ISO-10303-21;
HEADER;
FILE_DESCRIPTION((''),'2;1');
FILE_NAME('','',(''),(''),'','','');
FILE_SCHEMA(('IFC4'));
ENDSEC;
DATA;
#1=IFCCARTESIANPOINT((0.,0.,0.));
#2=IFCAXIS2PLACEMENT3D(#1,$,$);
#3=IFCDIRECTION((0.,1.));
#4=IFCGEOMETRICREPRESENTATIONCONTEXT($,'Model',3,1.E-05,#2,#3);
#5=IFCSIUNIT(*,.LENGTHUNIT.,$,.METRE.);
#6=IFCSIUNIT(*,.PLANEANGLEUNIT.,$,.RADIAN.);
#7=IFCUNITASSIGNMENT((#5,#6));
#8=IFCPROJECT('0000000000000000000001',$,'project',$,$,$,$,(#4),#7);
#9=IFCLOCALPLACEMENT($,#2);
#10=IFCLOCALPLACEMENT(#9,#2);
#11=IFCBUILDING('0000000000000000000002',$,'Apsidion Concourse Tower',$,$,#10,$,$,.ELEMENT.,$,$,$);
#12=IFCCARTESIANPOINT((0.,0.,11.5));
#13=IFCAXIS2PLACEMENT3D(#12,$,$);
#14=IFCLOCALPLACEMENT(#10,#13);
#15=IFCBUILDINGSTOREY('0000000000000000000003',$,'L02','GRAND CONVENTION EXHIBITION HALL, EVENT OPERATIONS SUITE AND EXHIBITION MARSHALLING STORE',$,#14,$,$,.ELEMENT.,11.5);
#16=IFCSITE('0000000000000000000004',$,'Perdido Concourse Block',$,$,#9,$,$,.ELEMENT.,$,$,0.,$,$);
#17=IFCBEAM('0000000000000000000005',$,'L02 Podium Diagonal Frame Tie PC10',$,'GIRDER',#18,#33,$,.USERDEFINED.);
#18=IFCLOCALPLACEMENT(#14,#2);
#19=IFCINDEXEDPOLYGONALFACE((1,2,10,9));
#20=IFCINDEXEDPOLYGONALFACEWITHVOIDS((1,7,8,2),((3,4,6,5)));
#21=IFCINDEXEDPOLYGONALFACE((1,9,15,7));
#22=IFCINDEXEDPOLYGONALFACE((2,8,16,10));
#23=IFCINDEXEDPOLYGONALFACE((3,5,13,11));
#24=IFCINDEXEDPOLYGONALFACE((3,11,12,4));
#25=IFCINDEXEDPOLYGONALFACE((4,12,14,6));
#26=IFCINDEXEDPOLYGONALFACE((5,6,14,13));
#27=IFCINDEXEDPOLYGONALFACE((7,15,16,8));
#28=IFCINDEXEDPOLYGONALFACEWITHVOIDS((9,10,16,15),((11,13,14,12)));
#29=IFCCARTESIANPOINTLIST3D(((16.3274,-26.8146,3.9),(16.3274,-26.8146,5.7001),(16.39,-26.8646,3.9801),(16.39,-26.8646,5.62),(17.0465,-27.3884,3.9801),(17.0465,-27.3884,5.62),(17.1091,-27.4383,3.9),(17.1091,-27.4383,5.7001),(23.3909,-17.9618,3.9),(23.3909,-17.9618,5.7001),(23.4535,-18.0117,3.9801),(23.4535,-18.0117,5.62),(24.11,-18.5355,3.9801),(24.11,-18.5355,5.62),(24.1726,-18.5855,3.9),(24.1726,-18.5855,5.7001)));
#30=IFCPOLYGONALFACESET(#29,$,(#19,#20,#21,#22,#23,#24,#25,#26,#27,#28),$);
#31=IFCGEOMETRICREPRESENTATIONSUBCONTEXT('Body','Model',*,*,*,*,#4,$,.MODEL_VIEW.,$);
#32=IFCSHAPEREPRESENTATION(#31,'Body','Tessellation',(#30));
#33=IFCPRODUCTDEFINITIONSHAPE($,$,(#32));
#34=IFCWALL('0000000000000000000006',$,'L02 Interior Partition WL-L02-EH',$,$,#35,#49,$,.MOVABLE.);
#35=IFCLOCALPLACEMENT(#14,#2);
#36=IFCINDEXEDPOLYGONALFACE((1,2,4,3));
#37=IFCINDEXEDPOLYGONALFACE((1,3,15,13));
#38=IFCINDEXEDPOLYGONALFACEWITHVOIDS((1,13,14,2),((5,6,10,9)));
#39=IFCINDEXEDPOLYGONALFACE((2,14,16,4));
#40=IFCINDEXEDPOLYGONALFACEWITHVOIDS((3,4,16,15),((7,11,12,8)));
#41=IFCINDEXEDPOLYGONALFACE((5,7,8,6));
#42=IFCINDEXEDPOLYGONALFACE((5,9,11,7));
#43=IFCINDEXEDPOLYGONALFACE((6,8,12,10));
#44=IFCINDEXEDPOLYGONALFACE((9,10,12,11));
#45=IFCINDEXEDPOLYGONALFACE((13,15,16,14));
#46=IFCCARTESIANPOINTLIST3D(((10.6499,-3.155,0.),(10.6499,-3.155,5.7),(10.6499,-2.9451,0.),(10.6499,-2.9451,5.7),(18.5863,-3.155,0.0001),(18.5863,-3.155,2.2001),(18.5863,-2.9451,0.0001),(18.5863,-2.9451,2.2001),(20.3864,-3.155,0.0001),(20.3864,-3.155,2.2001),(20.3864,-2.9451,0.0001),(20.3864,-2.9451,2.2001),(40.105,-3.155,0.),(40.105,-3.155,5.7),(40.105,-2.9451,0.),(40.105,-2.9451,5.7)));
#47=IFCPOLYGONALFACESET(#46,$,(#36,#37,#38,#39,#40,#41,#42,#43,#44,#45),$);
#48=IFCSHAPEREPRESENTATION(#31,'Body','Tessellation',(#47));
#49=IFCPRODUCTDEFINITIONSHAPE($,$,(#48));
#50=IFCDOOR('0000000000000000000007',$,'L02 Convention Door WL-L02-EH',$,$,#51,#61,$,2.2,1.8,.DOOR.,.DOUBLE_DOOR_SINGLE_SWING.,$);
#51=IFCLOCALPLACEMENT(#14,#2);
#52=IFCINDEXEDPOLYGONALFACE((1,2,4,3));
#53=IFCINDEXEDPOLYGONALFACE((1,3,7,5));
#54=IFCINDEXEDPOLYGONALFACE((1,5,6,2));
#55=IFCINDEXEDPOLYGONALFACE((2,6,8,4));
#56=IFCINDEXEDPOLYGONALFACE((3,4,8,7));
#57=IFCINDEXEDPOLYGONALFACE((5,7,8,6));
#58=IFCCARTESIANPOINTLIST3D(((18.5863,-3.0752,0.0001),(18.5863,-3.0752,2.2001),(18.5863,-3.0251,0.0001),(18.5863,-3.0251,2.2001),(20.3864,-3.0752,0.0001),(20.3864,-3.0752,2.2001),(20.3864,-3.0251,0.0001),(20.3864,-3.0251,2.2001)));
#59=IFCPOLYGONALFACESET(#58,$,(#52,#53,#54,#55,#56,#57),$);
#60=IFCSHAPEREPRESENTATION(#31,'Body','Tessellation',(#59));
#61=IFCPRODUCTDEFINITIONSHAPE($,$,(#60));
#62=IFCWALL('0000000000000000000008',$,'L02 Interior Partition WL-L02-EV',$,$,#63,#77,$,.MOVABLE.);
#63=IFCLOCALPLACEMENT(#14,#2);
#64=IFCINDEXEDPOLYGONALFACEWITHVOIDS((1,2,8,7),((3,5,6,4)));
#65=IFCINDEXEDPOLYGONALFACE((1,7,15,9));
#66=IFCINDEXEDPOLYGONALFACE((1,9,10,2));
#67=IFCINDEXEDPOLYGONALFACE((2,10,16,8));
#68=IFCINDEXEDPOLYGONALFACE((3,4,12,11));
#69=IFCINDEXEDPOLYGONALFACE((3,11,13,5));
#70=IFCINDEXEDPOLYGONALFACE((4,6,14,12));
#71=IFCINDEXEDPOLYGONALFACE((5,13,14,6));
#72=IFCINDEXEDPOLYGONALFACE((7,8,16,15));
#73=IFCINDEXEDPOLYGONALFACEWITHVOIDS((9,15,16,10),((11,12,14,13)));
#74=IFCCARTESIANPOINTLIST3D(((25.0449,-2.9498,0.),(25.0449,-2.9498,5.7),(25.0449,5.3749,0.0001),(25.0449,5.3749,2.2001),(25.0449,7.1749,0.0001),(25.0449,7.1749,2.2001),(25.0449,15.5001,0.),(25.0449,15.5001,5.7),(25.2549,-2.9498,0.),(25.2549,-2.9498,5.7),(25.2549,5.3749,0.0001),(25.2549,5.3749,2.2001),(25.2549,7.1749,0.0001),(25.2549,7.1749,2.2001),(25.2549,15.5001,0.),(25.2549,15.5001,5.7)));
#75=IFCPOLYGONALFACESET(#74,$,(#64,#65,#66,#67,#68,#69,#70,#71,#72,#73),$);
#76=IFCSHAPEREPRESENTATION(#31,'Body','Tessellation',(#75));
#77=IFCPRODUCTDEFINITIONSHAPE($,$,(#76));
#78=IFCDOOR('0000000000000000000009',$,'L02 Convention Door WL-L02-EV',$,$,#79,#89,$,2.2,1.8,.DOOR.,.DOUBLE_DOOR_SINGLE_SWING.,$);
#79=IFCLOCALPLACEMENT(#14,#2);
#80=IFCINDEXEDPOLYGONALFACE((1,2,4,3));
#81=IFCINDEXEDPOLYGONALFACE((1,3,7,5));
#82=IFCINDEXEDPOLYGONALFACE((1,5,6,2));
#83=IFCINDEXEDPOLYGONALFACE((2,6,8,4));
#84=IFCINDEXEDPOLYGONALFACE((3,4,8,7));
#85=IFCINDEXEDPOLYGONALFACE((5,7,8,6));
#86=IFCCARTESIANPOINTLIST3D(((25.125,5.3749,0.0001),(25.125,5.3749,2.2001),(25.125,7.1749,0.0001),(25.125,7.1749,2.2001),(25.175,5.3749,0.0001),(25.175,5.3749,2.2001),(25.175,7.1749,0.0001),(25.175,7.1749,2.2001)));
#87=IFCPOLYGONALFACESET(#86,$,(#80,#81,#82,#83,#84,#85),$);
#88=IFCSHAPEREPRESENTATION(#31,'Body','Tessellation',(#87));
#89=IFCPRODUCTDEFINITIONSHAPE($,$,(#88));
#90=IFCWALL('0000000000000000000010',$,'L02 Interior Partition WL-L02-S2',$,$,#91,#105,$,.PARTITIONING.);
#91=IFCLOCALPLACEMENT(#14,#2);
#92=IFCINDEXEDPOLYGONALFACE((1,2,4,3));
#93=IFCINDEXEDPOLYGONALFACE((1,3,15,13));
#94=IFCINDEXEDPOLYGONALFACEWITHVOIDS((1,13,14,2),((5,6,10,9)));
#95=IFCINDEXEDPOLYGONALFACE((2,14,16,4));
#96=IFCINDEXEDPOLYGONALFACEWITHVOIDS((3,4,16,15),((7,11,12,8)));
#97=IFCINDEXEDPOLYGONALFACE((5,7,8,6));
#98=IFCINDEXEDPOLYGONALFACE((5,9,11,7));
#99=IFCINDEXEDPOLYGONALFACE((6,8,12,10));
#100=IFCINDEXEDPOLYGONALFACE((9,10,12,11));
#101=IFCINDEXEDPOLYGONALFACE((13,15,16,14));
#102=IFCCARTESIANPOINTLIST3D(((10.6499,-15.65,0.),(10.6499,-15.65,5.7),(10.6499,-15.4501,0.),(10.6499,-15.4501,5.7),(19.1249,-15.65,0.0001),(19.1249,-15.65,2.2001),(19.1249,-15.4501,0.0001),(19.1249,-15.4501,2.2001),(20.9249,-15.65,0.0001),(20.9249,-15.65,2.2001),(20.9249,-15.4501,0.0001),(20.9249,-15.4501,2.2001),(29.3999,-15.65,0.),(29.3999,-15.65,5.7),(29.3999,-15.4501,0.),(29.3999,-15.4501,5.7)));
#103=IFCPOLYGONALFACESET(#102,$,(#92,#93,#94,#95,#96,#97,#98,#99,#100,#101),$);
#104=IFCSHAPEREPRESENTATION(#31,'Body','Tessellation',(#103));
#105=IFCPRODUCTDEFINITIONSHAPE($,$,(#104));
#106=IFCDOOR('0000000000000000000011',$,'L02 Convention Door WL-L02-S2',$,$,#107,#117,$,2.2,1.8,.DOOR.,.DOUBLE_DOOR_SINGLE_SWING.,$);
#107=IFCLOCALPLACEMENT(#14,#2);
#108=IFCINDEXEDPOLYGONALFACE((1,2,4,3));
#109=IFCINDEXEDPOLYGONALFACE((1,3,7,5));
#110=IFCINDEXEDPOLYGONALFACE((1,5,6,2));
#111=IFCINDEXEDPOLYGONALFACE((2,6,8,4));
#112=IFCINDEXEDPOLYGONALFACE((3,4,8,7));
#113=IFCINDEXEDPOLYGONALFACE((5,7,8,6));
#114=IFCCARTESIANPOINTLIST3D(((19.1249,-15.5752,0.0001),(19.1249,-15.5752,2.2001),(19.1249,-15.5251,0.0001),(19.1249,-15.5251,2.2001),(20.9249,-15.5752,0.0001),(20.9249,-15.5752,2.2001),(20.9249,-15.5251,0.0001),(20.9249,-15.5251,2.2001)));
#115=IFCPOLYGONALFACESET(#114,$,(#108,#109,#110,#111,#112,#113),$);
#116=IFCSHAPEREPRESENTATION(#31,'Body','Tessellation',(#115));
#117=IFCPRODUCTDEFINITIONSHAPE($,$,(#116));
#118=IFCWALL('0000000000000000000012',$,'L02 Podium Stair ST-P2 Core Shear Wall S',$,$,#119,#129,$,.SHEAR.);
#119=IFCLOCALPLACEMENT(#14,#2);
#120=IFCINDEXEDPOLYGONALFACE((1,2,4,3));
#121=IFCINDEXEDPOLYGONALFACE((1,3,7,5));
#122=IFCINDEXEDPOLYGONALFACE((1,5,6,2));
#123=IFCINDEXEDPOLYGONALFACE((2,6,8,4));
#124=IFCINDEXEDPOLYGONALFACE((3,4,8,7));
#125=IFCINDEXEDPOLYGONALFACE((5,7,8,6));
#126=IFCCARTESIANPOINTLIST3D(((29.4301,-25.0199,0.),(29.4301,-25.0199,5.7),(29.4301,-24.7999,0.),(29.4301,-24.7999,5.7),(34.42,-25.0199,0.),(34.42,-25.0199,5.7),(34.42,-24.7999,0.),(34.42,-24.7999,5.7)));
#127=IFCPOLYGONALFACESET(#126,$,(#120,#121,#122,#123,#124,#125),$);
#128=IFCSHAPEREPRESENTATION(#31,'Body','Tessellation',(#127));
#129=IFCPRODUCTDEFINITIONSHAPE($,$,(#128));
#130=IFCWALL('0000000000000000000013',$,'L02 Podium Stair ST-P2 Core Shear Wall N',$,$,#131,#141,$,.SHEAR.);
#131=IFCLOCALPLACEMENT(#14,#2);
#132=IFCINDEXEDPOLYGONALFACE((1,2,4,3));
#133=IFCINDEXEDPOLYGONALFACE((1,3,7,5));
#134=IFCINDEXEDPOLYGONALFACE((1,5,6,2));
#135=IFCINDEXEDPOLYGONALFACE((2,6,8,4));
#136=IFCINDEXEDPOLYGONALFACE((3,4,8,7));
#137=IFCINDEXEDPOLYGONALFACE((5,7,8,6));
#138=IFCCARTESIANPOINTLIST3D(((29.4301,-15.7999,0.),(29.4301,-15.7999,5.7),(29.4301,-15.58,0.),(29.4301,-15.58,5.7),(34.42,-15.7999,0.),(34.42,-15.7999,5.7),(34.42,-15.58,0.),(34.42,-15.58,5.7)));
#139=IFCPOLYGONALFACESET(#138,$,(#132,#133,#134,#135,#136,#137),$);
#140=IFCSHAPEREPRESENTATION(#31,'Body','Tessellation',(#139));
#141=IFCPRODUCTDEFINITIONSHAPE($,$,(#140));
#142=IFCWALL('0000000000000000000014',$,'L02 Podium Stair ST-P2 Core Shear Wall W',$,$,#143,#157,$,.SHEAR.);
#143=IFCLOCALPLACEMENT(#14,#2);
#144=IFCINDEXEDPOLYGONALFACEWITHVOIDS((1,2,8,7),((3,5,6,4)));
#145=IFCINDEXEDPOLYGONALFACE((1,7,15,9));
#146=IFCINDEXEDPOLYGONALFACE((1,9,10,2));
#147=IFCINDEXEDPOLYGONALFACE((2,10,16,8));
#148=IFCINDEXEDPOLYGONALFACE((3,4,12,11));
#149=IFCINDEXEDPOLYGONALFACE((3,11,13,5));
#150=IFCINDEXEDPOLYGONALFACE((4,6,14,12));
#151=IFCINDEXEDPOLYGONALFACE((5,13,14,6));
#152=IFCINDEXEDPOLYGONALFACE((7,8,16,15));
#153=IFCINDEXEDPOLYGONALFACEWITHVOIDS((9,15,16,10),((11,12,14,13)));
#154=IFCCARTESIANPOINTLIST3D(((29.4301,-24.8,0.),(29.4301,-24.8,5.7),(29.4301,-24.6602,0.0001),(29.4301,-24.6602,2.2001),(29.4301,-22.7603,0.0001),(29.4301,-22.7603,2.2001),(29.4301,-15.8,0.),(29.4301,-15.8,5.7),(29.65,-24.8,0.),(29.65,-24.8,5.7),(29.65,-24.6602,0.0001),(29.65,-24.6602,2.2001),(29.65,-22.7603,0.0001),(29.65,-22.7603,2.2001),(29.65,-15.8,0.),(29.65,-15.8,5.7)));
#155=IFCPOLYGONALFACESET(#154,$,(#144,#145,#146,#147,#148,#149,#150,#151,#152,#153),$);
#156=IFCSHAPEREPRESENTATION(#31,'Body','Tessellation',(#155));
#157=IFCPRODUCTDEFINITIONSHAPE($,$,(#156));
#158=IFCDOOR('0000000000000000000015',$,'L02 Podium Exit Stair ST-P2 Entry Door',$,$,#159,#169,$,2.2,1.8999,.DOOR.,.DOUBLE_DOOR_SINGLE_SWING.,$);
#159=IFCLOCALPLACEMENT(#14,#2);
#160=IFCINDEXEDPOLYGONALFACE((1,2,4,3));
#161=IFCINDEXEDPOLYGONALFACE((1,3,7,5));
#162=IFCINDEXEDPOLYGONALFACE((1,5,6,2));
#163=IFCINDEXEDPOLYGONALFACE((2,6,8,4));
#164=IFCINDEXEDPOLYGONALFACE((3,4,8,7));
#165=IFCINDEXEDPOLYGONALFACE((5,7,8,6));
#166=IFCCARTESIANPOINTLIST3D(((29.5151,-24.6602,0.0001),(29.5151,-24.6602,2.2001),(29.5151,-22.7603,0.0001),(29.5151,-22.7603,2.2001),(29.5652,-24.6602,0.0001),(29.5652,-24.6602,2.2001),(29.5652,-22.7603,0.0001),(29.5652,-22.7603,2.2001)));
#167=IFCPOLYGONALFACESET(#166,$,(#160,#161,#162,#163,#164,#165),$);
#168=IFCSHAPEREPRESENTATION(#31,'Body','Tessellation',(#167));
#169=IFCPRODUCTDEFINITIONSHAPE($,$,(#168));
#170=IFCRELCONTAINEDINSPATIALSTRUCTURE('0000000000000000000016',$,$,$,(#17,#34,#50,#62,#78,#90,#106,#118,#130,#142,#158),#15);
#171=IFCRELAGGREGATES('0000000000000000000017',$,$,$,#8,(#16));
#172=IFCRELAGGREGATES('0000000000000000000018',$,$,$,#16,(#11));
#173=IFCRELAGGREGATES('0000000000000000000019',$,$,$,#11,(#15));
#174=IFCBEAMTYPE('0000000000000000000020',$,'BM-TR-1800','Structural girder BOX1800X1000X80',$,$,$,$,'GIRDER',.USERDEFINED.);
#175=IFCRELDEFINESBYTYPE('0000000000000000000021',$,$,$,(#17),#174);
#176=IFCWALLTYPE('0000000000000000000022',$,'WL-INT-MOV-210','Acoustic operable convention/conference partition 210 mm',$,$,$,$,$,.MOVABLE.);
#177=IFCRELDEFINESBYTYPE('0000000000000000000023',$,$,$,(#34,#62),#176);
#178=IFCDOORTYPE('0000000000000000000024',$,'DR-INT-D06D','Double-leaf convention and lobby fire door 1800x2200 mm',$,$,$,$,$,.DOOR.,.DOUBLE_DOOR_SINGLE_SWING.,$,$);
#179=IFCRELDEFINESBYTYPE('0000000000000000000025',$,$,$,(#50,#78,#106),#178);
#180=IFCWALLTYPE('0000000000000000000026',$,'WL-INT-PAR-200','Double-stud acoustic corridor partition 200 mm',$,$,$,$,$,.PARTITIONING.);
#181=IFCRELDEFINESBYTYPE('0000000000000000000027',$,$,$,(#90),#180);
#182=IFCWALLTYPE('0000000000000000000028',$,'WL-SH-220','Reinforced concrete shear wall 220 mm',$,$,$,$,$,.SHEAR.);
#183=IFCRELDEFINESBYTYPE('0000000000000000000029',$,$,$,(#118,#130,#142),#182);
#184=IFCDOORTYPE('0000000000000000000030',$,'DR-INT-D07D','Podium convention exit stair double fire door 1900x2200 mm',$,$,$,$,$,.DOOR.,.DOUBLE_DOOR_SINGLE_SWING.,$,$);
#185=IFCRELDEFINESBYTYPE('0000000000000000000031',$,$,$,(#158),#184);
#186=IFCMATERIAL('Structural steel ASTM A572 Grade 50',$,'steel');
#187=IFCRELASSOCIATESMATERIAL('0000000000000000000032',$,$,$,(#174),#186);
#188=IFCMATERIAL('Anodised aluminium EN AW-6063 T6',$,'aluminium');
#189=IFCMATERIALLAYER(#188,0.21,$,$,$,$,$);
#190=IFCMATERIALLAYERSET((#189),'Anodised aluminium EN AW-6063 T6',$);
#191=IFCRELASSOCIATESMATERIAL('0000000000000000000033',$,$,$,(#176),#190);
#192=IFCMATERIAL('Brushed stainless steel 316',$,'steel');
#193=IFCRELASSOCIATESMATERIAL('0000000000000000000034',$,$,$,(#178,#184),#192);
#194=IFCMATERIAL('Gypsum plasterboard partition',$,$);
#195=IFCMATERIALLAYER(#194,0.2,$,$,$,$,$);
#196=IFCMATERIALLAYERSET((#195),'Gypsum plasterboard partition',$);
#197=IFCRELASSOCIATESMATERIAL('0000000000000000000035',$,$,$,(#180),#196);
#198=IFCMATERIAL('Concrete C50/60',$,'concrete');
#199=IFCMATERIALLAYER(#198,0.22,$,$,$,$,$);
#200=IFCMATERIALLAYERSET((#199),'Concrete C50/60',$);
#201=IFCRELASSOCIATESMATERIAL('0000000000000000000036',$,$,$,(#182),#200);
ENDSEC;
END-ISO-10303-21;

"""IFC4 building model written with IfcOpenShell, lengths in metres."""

from ifc_helpers import new_model, si_unit, direction, frame, frame_2d, origin, origin_2d, place, context, subcontext, project, spatial, rectangle, hollow_rectangle, extrude, material, layer, layer_set, material_profile, profile_set, type_object, element, fill, save


model = new_model("IFC4")

# Units and contexts
model_context = context("Model", 3, precision=1e-05, world=origin(), true_north=direction((0.0, 1.0)))
body_context = subcontext(model_context, "Body", "Model", "MODEL_VIEW")
ifc_project = project(units=[si_unit("LENGTHUNIT", "METRE"), si_unit("PLANEANGLEUNIT", "RADIAN")], contexts=[model_context])

# Site, building, storey
site_placement = place(None, origin())
site = spatial("IfcSite", under=ifc_project, at=site_placement, Name="Perdido Concourse Block", CompositionType="ELEMENT", RefElevation=0.0)
building_placement = place(site_placement, origin())
building = spatial("IfcBuilding", under=site, at=building_placement, Name="Apsidion Concourse Tower", CompositionType="ELEMENT")
storey_placement = place(building_placement, frame((0.0, 0.0, 11.5)))
storey = spatial("IfcBuildingStorey", under=building, at=storey_placement, Name="L02", Description="GRAND CONVENTION EXHIBITION HALL, EVENT OPERATIONS SUITE AND EXHIBITION MARSHALLING STORE", CompositionType="ELEMENT", Elevation=11.5)

# Shared definitions
ifc_material_1 = material(Name="Structural steel ASTM A572 Grade 50", Category="steel")
ifc_material_2 = material(Name="Concrete C50/60", Category="concrete")

# Beam
ifc_material_profile_1 = material_profile(ifc_material_1, hollow_rectangle(XDim=1.0, YDim=1.8, WallThickness=0.0801, at=origin_2d()), Name="BOX1800X1000X80")
ifc_profile_set_1 = profile_set([ifc_material_profile_1], Name="Structural steel ASTM A572 Grade 50")
beam_type_1 = type_object("IfcBeamType", Name="BM-TR-1800", Description="Structural girder BOX1800X1000X80", ElementType="GIRDER", PredefinedType="USERDEFINED", material=ifc_profile_set_1)
beam_1_placement = place(storey_placement, frame((16.7183, -27.1265, 4.8), z_axis=(0.623685, 0.781676, 0.0), x_axis=(-0.781676, 0.623685, 0.0)))
element("IfcBeam", 1, at=beam_1_placement, inside=storey, type_object=beam_type_1, Name="L02 Podium Diagonal Frame Tie PC10", ObjectType="GIRDER", PredefinedType="USERDEFINED", context=body_context, shape_type="SweptSolid", body=[
    extrude(hollow_rectangle(XDim=1.0, YDim=1.8, WallThickness=0.0801, at=origin_2d()), origin(), (0.0, 0.0, 1.0), 11.3254),
])

# Walls, openings, doors
ifc_material_3 = material(Name="Anodised aluminium EN AW-6063 T6", Category="aluminium")
ifc_layer_1 = layer(ifc_material_3, 0.21)
ifc_layer_set_1 = layer_set([ifc_layer_1], Name="Anodised aluminium EN AW-6063 T6")
wall_type_1 = type_object("IfcWallType", Name="WL-INT-MOV-210", Description="Acoustic operable convention/conference partition 210 mm", PredefinedType="MOVABLE", material=ifc_layer_set_1)
wall_1_placement = place(storey_placement, frame((10.6499, -3.05, 0.0), z_axis=(0.0, 0.0, 1.0), x_axis=(1.0, 0.0, 0.0)))
wall_1 = element("IfcWall", 2, at=wall_1_placement, inside=storey, type_object=wall_type_1, Name="L02 Interior Partition WL-L02-EH", PredefinedType="MOVABLE", context=body_context, shape_type="SweptSolid", body=[
    extrude(rectangle(XDim=29.4551, YDim=0.21, at=frame_2d((14.7275, 0.0))), origin(), (0.0, 0.0, 1.0), 5.7),
])
opening_1_placement = place(wall_1_placement, frame((7.9365, 0.0, 0.0)))
opening_1 = element("IfcOpeningElement", 3, at=opening_1_placement, cuts=wall_1, PredefinedType="OPENING", context=body_context, shape_type="SweptSolid", body=[
    extrude(rectangle(XDim=1.8, YDim=2.2, at=frame_2d((0.8999, 1.1001))), frame((0.0, 0.115, 0.0), z_axis=(0.0, -1.0, 0.0), x_axis=(1.0, 0.0, 0.0)), (0.0, 0.0, 1.0), 0.23),
])
ifc_material_4 = material(Name="Brushed stainless steel 316", Category="steel")
door_type_1 = type_object("IfcDoorType", Name="DR-INT-D06D", Description="Double-leaf convention and lobby fire door 1800x2200 mm", OperationType="DOUBLE_DOOR_SINGLE_SWING", PredefinedType="DOOR", material=ifc_material_4)
door_1_placement = place(opening_1_placement, origin())
door_1 = element("IfcDoor", 4, at=door_1_placement, inside=storey, type_object=door_type_1, Name="L02 Convention Door WL-L02-EH", OperationType="DOUBLE_DOOR_SINGLE_SWING", OverallHeight=2.2, OverallWidth=1.8, PredefinedType="DOOR", context=body_context, shape_type="SweptSolid", body=[
    extrude(rectangle(XDim=1.8, YDim=2.2, at=frame_2d((0.8999, 1.1001))), frame((0.0, 0.0249, 0.0), z_axis=(0.0, -1.0, 0.0), x_axis=(1.0, 0.0, 0.0)), (0.0, 0.0, 1.0), 0.05),
])
fill(opening_1, door_1)
wall_2_placement = place(storey_placement, frame((25.1499, -2.95, 0.0), z_axis=(0.0, 0.0, 1.0), x_axis=(0.0, 1.0, 0.0)))
wall_2 = element("IfcWall", 5, at=wall_2_placement, inside=storey, type_object=wall_type_1, Name="L02 Interior Partition WL-L02-EV", PredefinedType="MOVABLE", context=body_context, shape_type="SweptSolid", body=[
    extrude(rectangle(XDim=18.45, YDim=0.21, at=frame_2d((9.2251, 0.0))), origin(), (0.0, 0.0, 1.0), 5.7),
])
opening_2_placement = place(wall_2_placement, frame((8.325, 0.0, 0.0)))
opening_2 = element("IfcOpeningElement", 6, at=opening_2_placement, cuts=wall_2, PredefinedType="OPENING", context=body_context, shape_type="SweptSolid", body=[
    extrude(rectangle(XDim=1.8, YDim=2.2, at=frame_2d((0.8999, 1.1001))), frame((0.0, 0.115, 0.0), z_axis=(0.0, -1.0, 0.0), x_axis=(1.0, 0.0, 0.0)), (0.0, 0.0, 1.0), 0.23),
])
door_2_placement = place(opening_2_placement, origin())
door_2 = element("IfcDoor", 7, at=door_2_placement, inside=storey, type_object=door_type_1, Name="L02 Convention Door WL-L02-EV", OperationType="DOUBLE_DOOR_SINGLE_SWING", OverallHeight=2.2, OverallWidth=1.8, PredefinedType="DOOR", context=body_context, shape_type="SweptSolid", body=[
    extrude(rectangle(XDim=1.8, YDim=2.2, at=frame_2d((0.8999, 1.1001))), frame((0.0, 0.0249, 0.0), z_axis=(0.0, -1.0, 0.0), x_axis=(1.0, 0.0, 0.0)), (0.0, 0.0, 1.0), 0.05),
])
fill(opening_2, door_2)
ifc_material_5 = material(Name="Gypsum plasterboard partition")
ifc_layer_2 = layer(ifc_material_5, 0.2)
ifc_layer_set_2 = layer_set([ifc_layer_2], Name="Gypsum plasterboard partition")
wall_type_2 = type_object("IfcWallType", Name="WL-INT-PAR-200", Description="Double-stud acoustic corridor partition 200 mm", PredefinedType="PARTITIONING", material=ifc_layer_set_2)
wall_3_placement = place(storey_placement, frame((10.6499, -15.55, 0.0), z_axis=(0.0, 0.0, 1.0), x_axis=(1.0, 0.0, 0.0)))
wall_3 = element("IfcWall", 8, at=wall_3_placement, inside=storey, type_object=wall_type_2, Name="L02 Interior Partition WL-L02-S2", PredefinedType="PARTITIONING", context=body_context, shape_type="SweptSolid", body=[
    extrude(rectangle(XDim=18.75, YDim=0.2, at=frame_2d((9.375, 0.0))), origin(), (0.0, 0.0, 1.0), 5.7),
])
opening_3_placement = place(wall_3_placement, frame((8.4751, 0.0, 0.0)))
opening_3 = element("IfcOpeningElement", 9, at=opening_3_placement, cuts=wall_3, PredefinedType="OPENING", context=body_context, shape_type="SweptSolid", body=[
    extrude(rectangle(XDim=1.8, YDim=2.2, at=frame_2d((0.8999, 1.1001))), frame((0.0, 0.1099, 0.0), z_axis=(0.0, -1.0, 0.0), x_axis=(1.0, 0.0, 0.0)), (0.0, 0.0, 1.0), 0.22),
])
door_3_placement = place(opening_3_placement, origin())
door_3 = element("IfcDoor", 10, at=door_3_placement, inside=storey, type_object=door_type_1, Name="L02 Convention Door WL-L02-S2", OperationType="DOUBLE_DOOR_SINGLE_SWING", OverallHeight=2.2, OverallWidth=1.8, PredefinedType="DOOR", context=body_context, shape_type="SweptSolid", body=[
    extrude(rectangle(XDim=1.8, YDim=2.2, at=frame_2d((0.8999, 1.1001))), frame((0.0, 0.0249, 0.0), z_axis=(0.0, -1.0, 0.0), x_axis=(1.0, 0.0, 0.0)), (0.0, 0.0, 1.0), 0.05),
])
fill(opening_3, door_3)

# Walls
ifc_layer_3 = layer(ifc_material_2, 0.22)
ifc_layer_set_3 = layer_set([ifc_layer_3], Name="Concrete C50/60")
wall_type_3 = type_object("IfcWallType", Name="WL-SH-220", Description="Reinforced concrete shear wall 220 mm", PredefinedType="SHEAR", material=ifc_layer_set_3)
for number, where, z_axis, x_axis, name in (
    (11, (29.4299, -24.9099, 0.0), (0.0, 0.0, 1.0), (1.0, 0.0, 0.0), "L02 Podium Stair ST-P2 Core Shear Wall S"),
    (12, (29.4299, -15.6899, 0.0), (0.0, 0.0, 1.0), (1.0, 0.0, 0.0), "L02 Podium Stair ST-P2 Core Shear Wall N"),
):
    element("IfcWall", number, at=place(storey_placement, frame(where, z_axis=z_axis, x_axis=x_axis)), inside=storey, type_object=wall_type_3, Name=name, PredefinedType="SHEAR", context=body_context, shape_type="SweptSolid", body=[
        extrude(rectangle(XDim=4.99, YDim=0.22, at=frame_2d((2.4951, 0.0))), origin(), (0.0, 0.0, 1.0), 5.7),
    ])

# Wall, opening, door
wall_4_placement = place(storey_placement, frame((29.54, -24.8, 0.0), z_axis=(0.0, 0.0, 1.0), x_axis=(0.0, 1.0, 0.0)))
wall_4 = element("IfcWall", 13, at=wall_4_placement, inside=storey, type_object=wall_type_3, Name="L02 Podium Stair ST-P2 Core Shear Wall W", PredefinedType="SHEAR", context=body_context, shape_type="SweptSolid", body=[
    extrude(rectangle(XDim=9.0, YDim=0.22, at=frame_2d((4.5, 0.0))), origin(), (0.0, 0.0, 1.0), 5.7),
])
opening_4_placement = place(wall_4_placement, frame((0.1399, 0.0, 0.0)))
opening_4 = element("IfcOpeningElement", 14, at=opening_4_placement, cuts=wall_4, PredefinedType="OPENING", context=body_context, shape_type="SweptSolid", body=[
    extrude(rectangle(XDim=1.8999, YDim=2.2, at=frame_2d((0.95, 1.1001))), frame((0.0, 0.1201, 0.0), z_axis=(0.0, -1.0, 0.0), x_axis=(1.0, 0.0, 0.0)), (0.0, 0.0, 1.0), 0.24),
])
door_type_2 = type_object("IfcDoorType", Name="DR-INT-D07D", Description="Podium convention exit stair double fire door 1900x2200 mm", OperationType="DOUBLE_DOOR_SINGLE_SWING", PredefinedType="DOOR", material=ifc_material_4)
door_4_placement = place(opening_4_placement, origin())
door_4 = element("IfcDoor", 15, at=door_4_placement, inside=storey, type_object=door_type_2, Name="L02 Podium Exit Stair ST-P2 Entry Door", OperationType="DOUBLE_DOOR_SINGLE_SWING", OverallHeight=2.2, OverallWidth=1.8999, PredefinedType="DOOR", context=body_context, shape_type="SweptSolid", body=[
    extrude(rectangle(XDim=1.8999, YDim=2.2, at=frame_2d((0.95, 1.1001))), frame((0.0, 0.0249, 0.0), z_axis=(0.0, -1.0, 0.0), x_axis=(1.0, 0.0, 0.0)), (0.0, 0.0, 1.0), 0.05),
])
fill(opening_4, door_4)

save(model, "model.ifc")
